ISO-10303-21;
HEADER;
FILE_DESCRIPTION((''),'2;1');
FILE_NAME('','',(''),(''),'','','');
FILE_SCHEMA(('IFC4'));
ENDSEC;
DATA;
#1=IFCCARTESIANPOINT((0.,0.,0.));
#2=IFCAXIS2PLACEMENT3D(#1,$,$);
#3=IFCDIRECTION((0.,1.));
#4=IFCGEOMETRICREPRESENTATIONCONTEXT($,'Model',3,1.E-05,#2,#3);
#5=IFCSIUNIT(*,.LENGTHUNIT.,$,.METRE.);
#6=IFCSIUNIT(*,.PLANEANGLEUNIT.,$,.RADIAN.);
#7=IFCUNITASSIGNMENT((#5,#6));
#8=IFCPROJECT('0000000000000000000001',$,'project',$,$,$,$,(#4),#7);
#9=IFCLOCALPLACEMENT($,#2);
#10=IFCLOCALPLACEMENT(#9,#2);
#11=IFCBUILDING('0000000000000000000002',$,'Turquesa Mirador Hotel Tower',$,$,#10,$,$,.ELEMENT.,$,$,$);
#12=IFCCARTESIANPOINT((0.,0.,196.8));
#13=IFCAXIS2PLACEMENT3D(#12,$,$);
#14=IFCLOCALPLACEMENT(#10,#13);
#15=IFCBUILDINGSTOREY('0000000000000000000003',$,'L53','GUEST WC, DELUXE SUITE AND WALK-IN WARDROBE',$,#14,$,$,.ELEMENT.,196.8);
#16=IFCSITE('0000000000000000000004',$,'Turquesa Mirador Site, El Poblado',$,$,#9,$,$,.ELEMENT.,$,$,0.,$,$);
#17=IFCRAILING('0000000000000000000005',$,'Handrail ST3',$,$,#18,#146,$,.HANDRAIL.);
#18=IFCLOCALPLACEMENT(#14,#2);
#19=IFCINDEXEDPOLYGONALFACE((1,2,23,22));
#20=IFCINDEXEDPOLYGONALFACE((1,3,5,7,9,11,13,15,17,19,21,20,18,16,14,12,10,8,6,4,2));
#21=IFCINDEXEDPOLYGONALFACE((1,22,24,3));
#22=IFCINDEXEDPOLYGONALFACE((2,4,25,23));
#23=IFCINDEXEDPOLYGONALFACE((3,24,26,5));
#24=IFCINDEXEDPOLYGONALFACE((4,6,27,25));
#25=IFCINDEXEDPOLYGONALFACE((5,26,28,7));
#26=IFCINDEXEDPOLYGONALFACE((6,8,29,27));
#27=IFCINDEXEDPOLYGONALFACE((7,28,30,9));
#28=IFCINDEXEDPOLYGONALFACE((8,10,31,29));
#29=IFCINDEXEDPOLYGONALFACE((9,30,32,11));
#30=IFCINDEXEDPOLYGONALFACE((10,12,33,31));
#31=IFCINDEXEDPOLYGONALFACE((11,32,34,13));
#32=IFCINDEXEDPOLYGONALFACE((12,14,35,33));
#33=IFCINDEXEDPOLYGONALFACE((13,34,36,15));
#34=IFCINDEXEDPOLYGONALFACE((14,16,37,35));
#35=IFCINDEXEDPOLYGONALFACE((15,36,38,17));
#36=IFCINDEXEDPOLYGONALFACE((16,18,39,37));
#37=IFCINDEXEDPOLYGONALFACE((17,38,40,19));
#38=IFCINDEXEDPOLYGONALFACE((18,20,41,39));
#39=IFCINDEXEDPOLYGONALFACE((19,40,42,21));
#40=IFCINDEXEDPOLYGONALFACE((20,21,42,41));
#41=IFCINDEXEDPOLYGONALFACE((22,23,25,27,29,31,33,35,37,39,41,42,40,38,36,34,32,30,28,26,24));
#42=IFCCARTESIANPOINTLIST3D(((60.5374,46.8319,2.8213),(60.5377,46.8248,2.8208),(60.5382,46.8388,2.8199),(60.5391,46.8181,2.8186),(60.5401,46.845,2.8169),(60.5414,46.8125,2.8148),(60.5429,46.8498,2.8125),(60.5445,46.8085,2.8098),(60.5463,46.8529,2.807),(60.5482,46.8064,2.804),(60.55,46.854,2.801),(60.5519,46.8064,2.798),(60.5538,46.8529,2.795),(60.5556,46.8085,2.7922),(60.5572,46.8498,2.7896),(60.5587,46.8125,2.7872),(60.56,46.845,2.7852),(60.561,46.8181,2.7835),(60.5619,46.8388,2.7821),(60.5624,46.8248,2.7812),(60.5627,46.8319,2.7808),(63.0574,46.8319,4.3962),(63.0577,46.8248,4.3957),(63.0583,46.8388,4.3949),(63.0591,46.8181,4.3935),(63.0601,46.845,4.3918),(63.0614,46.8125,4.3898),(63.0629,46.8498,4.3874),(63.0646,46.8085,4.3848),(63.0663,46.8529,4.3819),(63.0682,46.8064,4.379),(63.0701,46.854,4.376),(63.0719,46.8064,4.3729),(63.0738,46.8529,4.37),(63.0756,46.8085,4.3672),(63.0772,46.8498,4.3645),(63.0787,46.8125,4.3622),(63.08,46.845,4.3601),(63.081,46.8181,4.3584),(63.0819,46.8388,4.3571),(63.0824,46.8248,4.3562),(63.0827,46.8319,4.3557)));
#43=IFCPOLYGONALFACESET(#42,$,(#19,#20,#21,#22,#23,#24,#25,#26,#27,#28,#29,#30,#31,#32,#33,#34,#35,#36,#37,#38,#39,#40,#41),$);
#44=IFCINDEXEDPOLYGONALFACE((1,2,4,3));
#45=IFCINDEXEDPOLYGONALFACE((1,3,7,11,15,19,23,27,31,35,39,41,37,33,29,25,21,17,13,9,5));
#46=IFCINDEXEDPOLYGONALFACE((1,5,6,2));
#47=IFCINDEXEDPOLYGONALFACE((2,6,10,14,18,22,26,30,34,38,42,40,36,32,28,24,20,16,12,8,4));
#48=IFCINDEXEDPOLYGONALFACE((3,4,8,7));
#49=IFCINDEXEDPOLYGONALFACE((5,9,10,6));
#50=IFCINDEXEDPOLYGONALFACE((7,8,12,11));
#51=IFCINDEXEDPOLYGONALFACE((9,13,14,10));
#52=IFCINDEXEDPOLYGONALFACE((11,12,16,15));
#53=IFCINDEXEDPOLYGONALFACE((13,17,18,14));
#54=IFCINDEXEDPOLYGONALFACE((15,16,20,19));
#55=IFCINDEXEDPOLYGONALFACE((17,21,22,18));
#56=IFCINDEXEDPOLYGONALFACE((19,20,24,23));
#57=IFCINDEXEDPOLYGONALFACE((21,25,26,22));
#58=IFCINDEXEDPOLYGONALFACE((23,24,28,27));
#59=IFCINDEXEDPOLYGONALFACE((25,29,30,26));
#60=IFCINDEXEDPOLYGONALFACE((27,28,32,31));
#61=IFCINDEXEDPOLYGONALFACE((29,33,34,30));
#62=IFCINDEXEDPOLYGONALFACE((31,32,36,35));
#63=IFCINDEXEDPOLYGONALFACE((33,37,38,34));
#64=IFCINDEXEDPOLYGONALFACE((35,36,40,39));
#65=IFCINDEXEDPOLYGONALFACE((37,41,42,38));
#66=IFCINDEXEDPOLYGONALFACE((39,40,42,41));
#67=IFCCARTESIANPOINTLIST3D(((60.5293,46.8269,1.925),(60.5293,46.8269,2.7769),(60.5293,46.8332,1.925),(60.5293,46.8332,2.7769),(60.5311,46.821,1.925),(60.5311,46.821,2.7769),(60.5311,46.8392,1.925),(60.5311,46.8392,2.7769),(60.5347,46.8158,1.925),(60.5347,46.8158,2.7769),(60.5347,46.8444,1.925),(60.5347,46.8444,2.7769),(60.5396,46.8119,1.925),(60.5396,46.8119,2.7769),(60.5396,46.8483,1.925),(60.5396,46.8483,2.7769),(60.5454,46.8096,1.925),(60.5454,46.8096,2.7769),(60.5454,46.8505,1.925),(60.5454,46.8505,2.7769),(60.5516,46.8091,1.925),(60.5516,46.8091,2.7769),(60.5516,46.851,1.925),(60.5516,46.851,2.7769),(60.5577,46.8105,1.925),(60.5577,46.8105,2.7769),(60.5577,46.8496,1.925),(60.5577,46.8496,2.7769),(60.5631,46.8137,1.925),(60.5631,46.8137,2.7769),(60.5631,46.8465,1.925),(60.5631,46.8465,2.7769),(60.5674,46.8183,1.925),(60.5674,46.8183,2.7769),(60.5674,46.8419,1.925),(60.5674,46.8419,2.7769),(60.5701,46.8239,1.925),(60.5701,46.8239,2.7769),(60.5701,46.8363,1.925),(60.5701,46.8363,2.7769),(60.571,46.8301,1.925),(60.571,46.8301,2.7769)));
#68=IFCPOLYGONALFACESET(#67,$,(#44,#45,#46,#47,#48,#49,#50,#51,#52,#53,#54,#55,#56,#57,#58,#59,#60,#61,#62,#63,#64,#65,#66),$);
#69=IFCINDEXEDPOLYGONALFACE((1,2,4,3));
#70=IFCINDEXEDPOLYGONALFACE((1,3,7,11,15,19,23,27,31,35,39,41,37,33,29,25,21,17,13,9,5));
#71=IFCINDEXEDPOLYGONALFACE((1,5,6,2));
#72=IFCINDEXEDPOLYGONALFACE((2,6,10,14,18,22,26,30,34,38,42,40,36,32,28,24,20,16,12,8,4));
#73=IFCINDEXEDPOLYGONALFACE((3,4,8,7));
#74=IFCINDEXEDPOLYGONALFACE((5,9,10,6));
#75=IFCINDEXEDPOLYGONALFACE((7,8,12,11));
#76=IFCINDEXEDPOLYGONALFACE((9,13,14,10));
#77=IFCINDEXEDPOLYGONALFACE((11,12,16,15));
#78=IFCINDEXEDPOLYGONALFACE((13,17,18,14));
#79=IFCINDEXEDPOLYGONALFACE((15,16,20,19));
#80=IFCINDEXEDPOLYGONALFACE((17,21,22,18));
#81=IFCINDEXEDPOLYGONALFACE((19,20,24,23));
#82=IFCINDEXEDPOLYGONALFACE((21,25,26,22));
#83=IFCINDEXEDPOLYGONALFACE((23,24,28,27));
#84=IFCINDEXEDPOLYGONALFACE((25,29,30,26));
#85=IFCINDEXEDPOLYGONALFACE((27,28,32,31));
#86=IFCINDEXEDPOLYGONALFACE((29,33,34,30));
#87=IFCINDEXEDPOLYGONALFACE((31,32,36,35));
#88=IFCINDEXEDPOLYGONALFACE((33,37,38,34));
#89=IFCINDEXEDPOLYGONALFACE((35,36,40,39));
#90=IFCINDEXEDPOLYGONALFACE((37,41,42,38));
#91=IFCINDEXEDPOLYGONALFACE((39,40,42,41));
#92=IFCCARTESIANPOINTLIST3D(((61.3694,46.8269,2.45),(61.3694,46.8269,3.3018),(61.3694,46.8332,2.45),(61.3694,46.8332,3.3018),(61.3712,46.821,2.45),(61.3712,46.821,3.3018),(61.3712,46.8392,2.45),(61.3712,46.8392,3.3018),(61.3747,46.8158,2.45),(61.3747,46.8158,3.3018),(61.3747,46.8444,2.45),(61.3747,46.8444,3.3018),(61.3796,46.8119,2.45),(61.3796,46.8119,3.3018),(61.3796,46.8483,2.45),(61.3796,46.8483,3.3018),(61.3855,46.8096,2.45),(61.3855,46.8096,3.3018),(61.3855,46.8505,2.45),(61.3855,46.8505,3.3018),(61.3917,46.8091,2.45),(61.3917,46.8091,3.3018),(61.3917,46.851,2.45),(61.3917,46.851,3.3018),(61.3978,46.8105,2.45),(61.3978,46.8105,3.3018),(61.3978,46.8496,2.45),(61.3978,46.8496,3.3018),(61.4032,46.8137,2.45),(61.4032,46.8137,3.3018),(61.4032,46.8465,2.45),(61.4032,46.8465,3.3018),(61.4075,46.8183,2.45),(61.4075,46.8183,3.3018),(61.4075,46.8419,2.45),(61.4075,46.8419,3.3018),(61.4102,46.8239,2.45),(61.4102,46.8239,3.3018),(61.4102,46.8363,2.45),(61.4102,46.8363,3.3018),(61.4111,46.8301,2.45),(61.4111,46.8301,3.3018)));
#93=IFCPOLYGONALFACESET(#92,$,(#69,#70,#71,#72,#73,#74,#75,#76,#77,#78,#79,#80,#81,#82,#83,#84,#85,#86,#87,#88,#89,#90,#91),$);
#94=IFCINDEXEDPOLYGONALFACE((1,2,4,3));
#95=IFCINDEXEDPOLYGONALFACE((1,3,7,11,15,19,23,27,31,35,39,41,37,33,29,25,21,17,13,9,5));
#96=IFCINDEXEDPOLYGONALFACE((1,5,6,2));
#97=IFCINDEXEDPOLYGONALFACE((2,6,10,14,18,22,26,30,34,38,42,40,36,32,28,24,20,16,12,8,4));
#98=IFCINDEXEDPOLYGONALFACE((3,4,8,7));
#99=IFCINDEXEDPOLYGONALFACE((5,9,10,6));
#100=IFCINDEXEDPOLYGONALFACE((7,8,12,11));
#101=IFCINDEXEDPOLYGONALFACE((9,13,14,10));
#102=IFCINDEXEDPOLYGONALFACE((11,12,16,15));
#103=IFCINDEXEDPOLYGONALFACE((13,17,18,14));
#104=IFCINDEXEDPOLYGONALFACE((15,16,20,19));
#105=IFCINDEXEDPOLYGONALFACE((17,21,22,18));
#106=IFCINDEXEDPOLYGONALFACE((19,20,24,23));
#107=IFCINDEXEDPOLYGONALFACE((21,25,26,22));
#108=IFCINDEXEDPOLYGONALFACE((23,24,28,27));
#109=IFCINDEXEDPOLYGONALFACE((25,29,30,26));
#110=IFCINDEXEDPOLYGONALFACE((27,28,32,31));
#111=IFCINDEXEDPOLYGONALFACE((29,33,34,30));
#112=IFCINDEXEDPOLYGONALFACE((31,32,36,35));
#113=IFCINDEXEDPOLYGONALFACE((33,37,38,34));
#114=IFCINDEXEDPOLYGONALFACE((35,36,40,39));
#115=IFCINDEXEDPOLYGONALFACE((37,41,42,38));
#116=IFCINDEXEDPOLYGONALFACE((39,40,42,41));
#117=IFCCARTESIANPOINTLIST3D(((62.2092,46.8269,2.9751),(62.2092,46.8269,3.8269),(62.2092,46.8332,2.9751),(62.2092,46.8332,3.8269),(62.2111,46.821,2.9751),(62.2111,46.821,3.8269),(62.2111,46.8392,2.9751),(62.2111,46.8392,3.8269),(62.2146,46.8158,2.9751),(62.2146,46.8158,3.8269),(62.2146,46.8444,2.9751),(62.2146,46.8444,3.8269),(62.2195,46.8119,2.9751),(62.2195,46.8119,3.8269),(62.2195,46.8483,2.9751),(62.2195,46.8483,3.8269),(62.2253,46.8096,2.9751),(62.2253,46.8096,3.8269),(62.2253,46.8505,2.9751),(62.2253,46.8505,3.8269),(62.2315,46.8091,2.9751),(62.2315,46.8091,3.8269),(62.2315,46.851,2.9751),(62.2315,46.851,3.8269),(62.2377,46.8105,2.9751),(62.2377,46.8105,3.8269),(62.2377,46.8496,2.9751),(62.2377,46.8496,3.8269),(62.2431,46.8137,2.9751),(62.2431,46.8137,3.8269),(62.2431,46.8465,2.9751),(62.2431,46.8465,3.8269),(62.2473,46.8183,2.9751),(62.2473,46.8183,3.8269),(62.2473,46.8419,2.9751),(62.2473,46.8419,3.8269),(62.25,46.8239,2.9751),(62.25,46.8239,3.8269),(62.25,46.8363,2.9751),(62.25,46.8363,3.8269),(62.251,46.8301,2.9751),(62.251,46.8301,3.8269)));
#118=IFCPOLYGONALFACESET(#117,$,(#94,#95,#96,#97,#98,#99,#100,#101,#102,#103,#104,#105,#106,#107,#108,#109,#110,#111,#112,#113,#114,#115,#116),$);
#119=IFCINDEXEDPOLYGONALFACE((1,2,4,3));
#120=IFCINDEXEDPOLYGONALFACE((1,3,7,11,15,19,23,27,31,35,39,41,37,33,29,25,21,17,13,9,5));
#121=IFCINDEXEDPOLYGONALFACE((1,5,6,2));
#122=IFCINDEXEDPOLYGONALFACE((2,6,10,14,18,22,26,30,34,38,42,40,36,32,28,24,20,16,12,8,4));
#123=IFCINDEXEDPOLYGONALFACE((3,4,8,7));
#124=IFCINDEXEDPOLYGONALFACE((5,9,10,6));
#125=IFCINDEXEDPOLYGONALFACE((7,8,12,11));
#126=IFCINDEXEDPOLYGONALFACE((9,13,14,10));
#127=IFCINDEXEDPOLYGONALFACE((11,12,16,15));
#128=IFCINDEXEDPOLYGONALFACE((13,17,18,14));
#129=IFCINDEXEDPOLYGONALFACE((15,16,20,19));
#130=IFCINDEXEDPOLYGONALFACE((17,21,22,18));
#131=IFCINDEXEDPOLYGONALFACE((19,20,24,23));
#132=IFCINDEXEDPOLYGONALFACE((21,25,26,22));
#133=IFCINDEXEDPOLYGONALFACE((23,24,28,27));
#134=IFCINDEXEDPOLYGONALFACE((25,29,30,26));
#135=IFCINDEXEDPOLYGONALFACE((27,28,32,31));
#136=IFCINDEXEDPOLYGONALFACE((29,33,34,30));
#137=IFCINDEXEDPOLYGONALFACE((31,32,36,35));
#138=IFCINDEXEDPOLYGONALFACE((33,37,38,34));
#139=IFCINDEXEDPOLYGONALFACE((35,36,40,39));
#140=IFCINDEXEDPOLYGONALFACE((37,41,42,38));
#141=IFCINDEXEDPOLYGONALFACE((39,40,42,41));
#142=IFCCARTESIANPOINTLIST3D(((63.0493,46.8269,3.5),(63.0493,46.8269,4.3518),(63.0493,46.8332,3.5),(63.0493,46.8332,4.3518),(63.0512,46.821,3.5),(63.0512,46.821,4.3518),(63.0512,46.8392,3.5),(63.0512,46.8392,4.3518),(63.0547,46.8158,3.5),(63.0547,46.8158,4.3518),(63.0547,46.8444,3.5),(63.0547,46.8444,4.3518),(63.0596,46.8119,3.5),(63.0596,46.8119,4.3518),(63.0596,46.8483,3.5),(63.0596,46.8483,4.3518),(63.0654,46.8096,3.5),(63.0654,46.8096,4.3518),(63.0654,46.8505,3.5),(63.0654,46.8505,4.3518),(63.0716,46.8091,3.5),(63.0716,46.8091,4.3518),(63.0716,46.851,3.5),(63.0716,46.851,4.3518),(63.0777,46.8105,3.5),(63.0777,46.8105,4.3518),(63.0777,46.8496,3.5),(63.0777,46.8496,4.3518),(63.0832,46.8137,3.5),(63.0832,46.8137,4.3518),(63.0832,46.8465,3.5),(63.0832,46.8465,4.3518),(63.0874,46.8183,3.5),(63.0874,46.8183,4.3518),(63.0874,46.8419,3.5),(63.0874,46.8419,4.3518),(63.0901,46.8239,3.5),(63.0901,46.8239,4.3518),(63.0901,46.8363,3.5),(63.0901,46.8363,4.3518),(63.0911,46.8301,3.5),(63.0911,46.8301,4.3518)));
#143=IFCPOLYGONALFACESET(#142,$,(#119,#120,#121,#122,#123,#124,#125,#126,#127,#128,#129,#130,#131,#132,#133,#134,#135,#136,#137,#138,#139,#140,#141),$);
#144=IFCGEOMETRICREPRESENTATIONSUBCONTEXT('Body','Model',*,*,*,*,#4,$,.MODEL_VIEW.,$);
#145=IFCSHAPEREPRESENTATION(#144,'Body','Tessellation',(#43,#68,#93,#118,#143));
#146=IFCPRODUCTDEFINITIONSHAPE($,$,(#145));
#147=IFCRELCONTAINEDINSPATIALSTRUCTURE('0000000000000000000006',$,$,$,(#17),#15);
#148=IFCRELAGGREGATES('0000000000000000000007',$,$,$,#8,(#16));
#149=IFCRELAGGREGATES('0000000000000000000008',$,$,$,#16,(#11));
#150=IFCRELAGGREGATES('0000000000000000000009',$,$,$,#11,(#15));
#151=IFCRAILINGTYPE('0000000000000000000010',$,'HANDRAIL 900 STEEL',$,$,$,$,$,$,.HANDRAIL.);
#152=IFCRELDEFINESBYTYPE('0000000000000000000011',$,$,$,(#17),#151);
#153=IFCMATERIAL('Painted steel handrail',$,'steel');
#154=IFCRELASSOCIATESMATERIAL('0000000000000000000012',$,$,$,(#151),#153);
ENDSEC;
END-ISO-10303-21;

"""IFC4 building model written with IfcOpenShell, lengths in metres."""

from ifc_helpers import new_model, si_unit, direction, frame, origin, origin_2d, place, context, subcontext, project, spatial, circle, extrude, material, type_object, element, save


model = new_model("IFC4")

# Units and contexts
model_context = context("Model", 3, precision=1e-05, world=origin(), true_north=direction((0.0, 1.0)))
body_context = subcontext(model_context, "Body", "Model", "MODEL_VIEW")
ifc_project = project(units=[si_unit("LENGTHUNIT", "METRE"), si_unit("PLANEANGLEUNIT", "RADIAN")], contexts=[model_context])

# Site, building, storey
site_placement = place(None, origin())
site = spatial("IfcSite", under=ifc_project, at=site_placement, Name="Turquesa Mirador Site, El Poblado", CompositionType="ELEMENT", RefElevation=0.0)
building_placement = place(site_placement, origin())
building = spatial("IfcBuilding", under=site, at=building_placement, Name="Turquesa Mirador Hotel Tower", CompositionType="ELEMENT")
storey_placement = place(building_placement, frame((0.0, 0.0, 196.8)))
storey = spatial("IfcBuildingStorey", under=building, at=storey_placement, Name="L53", Description="GUEST WC, DELUXE SUITE AND WALK-IN WARDROBE", CompositionType="ELEMENT", Elevation=196.8)

# Railing
ifc_material_1 = material(Name="Painted steel handrail", Category="steel")
railing_type = type_object("IfcRailingType", Name="HANDRAIL 900 STEEL", PredefinedType="HANDRAIL", material=ifc_material_1)
railing_1_placement = place(storey_placement, frame((60.55, 46.8301, 1.925)))
element("IfcRailing", 1, at=railing_1_placement, inside=storey, type_object=railing_type, Name="Handrail ST3", PredefinedType="HANDRAIL", context=body_context, shape_type="SweptSolid", body=[
    extrude(circle(Radius=0.0239, at=origin_2d()), frame((0.0, 0.0, 0.876), z_axis=(0.848008, 0.0, 0.529984), x_axis=(0.0, 1.0, 0.0)), (0.0, 0.0, 1.0), 2.9717),
    extrude(circle(Radius=0.021, at=origin_2d()), origin(), (0.0, 0.0, 1.0), 0.8518),
    extrude(circle(Radius=0.021, at=origin_2d()), frame((0.8401, 0.0, 0.5249)), (0.0, 0.0, 1.0), 0.8518),
    extrude(circle(Radius=0.021, at=origin_2d()), frame((1.6799, 0.0, 1.05)), (0.0, 0.0, 1.0), 0.8518),
    extrude(circle(Radius=0.021, at=origin_2d()), frame((2.52, 0.0, 1.575)), (0.0, 0.0, 1.0), 0.8518),
])

save(model, "model.ifc")
